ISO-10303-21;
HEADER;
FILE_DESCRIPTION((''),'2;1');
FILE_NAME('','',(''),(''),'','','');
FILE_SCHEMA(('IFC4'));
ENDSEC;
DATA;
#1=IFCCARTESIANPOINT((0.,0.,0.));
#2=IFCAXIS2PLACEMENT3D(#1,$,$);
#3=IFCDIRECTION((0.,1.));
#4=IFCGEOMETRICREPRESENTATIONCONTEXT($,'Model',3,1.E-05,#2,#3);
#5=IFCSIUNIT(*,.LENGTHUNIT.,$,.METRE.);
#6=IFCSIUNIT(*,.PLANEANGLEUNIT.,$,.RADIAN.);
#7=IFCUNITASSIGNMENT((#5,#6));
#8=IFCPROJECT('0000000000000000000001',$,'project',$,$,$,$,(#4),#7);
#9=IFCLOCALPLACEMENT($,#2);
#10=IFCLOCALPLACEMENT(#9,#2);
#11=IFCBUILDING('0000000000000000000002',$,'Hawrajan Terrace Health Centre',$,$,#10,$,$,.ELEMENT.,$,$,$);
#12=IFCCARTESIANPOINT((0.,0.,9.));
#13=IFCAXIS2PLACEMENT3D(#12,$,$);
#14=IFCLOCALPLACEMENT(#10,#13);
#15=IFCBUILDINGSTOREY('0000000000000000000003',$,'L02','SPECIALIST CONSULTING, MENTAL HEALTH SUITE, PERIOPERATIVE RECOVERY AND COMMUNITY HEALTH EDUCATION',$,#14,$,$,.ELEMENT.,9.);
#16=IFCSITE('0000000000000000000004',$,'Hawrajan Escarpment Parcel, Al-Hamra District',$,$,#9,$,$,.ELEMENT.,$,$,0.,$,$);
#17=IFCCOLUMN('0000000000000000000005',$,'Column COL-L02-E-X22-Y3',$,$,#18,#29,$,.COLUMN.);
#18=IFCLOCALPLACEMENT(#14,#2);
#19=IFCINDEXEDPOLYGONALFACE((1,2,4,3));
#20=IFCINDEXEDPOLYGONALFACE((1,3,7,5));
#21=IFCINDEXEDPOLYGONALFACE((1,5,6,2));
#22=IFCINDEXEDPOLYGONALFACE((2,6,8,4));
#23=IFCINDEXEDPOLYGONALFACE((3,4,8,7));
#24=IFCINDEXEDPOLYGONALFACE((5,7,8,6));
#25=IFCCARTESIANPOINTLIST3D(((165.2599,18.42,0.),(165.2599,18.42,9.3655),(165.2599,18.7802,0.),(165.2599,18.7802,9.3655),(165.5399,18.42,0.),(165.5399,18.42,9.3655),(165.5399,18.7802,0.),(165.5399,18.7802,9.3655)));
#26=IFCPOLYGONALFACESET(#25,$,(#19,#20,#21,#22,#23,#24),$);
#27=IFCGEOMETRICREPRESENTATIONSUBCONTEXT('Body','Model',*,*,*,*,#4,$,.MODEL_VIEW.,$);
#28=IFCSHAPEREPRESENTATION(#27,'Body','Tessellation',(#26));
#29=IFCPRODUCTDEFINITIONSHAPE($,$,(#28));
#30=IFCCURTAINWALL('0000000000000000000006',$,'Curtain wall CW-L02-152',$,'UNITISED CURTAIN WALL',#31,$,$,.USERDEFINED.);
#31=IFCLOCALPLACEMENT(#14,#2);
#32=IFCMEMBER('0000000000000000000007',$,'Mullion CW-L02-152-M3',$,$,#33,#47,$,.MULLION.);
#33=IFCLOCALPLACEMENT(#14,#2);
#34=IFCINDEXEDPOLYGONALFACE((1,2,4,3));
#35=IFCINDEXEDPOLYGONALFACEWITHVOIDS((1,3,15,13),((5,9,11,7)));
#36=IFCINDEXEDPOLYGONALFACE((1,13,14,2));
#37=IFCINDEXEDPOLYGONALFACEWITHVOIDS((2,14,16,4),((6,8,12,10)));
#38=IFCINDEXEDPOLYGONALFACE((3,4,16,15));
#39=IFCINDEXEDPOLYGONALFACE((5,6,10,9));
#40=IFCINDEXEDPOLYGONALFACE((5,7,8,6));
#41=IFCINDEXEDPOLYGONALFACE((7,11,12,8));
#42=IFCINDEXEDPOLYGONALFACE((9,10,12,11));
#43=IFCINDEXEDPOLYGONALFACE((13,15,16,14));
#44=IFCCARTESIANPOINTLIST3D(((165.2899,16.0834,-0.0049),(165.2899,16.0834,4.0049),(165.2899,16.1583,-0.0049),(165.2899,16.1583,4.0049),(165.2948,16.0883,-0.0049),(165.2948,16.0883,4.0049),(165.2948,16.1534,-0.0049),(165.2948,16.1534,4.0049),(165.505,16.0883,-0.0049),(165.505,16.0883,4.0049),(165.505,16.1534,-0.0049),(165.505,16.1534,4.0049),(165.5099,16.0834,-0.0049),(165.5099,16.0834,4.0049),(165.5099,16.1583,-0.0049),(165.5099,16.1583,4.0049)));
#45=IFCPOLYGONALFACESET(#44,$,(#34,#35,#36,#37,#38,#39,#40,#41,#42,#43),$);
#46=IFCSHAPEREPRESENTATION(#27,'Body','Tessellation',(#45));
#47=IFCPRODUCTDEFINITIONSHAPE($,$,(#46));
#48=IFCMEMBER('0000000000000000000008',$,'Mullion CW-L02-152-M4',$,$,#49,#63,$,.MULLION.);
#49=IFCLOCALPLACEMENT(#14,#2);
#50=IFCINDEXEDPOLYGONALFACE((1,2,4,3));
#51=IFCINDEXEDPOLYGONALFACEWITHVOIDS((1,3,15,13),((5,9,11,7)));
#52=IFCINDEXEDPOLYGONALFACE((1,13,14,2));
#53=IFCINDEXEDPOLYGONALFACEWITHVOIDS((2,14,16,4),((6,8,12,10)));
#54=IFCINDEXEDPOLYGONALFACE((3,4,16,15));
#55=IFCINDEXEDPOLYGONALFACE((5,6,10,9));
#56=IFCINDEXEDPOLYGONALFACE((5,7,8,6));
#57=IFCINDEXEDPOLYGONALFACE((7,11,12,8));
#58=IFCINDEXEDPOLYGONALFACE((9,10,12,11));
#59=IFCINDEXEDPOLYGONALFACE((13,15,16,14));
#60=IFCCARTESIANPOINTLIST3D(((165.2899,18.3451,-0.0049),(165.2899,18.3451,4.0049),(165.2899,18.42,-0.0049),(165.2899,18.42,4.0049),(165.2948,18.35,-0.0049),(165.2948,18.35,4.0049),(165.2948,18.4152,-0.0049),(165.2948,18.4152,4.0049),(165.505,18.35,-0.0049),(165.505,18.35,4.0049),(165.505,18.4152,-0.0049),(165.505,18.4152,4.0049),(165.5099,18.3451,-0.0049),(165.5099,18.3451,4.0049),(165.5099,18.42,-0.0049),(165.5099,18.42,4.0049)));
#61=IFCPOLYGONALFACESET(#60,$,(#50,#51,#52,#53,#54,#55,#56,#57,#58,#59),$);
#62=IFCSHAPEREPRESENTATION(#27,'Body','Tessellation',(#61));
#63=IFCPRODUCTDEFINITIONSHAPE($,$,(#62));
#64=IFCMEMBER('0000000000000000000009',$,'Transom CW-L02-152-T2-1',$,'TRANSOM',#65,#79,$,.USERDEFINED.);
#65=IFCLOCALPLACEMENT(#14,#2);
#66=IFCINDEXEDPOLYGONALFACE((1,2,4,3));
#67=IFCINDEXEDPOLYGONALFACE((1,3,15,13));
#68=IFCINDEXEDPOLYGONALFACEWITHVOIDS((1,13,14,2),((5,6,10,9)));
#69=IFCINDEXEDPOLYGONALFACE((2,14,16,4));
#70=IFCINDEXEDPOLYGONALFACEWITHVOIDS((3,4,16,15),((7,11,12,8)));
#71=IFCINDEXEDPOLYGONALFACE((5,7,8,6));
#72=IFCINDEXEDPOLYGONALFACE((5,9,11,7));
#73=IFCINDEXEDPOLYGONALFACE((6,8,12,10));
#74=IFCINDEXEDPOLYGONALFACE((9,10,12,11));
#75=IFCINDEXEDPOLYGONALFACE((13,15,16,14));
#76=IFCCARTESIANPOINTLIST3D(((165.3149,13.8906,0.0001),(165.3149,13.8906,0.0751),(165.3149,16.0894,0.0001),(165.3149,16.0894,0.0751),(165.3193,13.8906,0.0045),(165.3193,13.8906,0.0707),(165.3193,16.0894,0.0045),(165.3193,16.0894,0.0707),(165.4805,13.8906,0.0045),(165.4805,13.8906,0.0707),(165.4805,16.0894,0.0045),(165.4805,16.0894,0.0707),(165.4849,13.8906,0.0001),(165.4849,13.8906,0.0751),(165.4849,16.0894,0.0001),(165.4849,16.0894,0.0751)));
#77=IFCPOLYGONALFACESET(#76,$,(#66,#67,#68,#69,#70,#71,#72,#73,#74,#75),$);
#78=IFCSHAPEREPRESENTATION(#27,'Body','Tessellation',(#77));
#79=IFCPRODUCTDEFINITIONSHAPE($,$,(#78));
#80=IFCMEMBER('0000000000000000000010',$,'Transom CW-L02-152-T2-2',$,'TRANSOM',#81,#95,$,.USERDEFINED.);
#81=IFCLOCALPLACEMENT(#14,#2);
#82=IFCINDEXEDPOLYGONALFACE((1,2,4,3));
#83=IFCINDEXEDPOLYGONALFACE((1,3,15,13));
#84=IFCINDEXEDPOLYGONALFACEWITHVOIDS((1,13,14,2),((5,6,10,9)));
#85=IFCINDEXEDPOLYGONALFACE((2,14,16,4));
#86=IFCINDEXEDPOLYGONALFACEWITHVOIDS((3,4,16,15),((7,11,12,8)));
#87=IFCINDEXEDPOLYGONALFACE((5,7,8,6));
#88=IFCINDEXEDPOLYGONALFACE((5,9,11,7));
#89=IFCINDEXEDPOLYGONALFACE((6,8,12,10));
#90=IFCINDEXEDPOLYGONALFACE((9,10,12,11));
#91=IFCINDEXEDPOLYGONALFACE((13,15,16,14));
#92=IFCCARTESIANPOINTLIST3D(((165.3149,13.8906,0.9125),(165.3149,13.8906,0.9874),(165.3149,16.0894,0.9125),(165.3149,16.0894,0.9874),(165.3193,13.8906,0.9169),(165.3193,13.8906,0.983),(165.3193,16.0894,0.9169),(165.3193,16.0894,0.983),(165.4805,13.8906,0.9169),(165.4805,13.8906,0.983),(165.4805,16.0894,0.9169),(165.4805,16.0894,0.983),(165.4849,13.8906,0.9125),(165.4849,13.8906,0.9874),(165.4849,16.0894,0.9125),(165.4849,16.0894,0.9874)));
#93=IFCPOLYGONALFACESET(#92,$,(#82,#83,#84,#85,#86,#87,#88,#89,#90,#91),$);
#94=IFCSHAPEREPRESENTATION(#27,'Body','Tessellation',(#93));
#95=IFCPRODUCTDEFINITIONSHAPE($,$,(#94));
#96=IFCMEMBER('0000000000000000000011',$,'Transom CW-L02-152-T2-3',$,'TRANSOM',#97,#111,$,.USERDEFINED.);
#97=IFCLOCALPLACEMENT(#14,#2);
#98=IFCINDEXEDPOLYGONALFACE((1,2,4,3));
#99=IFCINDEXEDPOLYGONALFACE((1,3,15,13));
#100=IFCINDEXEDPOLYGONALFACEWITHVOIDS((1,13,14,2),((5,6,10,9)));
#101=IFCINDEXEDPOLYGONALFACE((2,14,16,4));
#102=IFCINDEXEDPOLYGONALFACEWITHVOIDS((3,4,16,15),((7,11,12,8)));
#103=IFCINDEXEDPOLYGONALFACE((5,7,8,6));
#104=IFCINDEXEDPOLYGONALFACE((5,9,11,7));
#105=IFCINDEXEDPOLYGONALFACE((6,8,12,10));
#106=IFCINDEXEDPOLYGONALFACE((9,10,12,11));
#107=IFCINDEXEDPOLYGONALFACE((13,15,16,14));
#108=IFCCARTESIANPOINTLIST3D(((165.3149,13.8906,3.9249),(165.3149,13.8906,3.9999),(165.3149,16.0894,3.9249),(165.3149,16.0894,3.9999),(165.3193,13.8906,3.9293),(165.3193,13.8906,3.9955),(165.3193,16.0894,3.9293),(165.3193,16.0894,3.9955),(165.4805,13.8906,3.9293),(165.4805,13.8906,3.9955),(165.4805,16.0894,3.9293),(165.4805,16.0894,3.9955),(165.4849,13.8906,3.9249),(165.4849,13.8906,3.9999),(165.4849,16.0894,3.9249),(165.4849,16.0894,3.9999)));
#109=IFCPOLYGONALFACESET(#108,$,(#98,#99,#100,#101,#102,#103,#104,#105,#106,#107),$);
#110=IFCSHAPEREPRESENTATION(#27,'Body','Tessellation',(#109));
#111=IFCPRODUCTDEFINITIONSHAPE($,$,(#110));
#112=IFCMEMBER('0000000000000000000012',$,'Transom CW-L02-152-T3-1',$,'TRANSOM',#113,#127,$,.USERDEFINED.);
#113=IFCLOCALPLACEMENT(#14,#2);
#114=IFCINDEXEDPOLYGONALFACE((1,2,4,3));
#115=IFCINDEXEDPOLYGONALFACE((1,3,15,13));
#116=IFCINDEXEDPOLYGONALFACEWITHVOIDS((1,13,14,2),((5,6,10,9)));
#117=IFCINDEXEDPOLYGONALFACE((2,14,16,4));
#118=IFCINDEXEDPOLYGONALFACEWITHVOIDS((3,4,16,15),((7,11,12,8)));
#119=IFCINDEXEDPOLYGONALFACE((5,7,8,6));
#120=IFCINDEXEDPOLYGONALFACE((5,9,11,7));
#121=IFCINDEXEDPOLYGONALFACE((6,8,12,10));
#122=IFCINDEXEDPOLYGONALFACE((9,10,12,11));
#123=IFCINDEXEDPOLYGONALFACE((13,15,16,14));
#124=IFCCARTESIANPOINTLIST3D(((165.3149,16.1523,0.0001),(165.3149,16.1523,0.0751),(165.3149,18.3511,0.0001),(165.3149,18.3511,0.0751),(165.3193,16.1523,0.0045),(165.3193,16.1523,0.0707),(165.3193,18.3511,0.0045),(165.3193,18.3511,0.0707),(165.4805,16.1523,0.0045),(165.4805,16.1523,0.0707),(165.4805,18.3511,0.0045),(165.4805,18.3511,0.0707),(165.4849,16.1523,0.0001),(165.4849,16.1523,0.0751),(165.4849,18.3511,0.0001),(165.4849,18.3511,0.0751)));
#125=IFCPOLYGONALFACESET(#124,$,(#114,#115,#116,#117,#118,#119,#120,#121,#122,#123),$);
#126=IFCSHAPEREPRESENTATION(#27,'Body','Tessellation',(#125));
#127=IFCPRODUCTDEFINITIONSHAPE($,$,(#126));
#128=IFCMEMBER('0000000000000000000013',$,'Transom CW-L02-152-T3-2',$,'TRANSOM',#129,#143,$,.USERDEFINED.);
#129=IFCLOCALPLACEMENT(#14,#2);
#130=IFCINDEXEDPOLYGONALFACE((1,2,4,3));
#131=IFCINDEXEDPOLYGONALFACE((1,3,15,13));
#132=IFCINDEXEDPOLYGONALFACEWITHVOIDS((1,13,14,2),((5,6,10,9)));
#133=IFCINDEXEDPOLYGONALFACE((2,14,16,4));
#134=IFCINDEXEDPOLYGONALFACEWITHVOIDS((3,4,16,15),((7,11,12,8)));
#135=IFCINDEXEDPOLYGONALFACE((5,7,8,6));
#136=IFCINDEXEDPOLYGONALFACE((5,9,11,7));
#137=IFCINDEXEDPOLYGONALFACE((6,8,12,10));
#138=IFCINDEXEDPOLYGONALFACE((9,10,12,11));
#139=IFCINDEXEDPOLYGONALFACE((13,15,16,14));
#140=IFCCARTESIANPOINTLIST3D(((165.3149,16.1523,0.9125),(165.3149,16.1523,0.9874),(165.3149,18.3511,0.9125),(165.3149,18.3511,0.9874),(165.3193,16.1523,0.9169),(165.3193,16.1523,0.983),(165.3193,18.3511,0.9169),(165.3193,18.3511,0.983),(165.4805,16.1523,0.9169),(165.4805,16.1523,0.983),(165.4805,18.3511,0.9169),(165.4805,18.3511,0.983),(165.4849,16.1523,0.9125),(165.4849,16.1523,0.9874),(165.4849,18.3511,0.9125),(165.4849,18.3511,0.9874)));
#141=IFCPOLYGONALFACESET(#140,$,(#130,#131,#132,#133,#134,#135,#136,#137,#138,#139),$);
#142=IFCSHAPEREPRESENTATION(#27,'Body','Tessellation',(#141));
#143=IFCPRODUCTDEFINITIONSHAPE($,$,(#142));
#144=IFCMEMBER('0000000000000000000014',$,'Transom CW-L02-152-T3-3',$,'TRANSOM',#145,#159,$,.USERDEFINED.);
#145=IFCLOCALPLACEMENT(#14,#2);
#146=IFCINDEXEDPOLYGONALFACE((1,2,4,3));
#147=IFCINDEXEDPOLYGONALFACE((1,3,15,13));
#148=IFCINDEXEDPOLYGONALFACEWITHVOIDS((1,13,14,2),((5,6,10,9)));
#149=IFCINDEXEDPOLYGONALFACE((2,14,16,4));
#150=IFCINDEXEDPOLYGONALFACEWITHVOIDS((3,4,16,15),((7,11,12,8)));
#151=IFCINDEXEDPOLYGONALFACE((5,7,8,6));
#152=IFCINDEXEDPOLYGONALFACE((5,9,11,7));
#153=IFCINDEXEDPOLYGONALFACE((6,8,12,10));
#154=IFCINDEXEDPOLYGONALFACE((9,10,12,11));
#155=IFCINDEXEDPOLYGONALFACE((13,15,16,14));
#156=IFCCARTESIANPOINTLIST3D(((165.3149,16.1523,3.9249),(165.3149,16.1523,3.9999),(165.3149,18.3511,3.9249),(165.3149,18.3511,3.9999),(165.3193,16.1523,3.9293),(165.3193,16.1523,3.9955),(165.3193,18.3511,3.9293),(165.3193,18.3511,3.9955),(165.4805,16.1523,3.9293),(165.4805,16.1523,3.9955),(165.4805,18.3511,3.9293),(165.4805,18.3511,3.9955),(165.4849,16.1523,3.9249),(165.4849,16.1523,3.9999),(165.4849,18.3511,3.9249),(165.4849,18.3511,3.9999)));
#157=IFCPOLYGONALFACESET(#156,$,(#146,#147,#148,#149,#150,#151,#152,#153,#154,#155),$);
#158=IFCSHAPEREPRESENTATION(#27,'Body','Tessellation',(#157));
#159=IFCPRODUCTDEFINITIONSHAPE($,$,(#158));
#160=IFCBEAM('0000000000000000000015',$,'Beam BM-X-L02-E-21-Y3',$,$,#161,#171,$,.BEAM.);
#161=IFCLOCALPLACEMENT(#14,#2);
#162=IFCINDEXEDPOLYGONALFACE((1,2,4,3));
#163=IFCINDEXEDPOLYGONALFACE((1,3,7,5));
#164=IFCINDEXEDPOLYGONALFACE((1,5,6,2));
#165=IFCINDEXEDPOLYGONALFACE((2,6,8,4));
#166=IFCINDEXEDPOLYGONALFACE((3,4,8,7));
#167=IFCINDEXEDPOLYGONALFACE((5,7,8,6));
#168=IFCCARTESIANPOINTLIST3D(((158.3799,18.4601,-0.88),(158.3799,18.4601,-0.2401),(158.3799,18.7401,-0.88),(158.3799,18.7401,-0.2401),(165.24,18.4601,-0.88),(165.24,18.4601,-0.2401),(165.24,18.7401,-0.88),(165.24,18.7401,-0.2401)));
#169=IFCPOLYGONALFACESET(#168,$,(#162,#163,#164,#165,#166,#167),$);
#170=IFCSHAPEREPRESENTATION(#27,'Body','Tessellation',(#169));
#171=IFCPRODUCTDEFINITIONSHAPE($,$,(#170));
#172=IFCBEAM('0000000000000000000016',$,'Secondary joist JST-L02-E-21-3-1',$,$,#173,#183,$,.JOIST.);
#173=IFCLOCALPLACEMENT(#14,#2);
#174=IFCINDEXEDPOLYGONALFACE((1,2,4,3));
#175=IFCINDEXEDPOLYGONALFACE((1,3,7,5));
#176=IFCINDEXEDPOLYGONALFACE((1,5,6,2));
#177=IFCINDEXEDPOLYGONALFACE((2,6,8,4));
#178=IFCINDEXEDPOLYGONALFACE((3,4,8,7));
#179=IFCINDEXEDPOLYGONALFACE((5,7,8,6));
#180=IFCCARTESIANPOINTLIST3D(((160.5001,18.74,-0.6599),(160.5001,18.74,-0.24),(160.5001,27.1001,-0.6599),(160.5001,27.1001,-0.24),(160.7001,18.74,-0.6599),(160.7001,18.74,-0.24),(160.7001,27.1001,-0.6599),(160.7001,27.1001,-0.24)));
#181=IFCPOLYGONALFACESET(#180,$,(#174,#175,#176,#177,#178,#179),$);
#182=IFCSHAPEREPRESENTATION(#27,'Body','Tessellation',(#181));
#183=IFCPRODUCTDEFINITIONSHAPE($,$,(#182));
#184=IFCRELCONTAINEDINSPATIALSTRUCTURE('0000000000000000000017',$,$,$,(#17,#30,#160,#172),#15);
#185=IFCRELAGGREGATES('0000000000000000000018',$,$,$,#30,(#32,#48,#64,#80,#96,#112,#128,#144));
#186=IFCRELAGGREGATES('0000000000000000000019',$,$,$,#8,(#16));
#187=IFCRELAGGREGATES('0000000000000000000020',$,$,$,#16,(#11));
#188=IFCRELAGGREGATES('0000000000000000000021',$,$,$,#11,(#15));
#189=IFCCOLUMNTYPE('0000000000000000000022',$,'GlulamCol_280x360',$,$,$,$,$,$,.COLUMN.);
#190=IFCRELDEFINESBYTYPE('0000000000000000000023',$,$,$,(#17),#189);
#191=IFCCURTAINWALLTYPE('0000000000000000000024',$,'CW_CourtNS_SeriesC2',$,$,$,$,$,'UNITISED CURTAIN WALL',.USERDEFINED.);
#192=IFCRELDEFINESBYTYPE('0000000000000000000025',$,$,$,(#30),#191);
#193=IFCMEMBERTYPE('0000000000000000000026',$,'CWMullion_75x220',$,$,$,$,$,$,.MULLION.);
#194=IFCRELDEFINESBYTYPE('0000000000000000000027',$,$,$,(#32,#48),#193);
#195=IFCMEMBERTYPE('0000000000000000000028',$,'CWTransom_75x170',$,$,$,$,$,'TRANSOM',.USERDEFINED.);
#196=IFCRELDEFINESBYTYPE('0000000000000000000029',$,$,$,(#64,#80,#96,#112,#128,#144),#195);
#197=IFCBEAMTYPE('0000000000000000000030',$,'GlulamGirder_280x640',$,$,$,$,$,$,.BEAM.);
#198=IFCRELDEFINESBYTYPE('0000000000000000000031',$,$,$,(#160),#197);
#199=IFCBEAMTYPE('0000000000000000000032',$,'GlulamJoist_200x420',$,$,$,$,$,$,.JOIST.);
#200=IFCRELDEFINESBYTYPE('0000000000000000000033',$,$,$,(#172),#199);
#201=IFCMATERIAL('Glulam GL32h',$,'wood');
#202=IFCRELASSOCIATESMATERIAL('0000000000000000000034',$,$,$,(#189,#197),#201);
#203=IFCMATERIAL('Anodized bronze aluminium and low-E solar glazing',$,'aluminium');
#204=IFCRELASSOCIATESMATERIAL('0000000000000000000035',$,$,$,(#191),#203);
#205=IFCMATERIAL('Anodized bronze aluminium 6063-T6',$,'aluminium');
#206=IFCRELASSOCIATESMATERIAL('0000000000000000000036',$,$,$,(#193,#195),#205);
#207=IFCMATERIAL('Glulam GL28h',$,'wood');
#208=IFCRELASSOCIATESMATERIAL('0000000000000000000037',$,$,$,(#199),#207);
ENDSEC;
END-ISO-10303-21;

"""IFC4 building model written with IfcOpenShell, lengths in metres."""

from ifc_helpers import new_model, si_unit, direction, frame, origin, origin_2d, place, context, subcontext, project, spatial, rectangle, hollow_rectangle, extrude, material, material_profile, profile_set, type_object, element, aggregate, save


model = new_model("IFC4")

# Units and contexts
model_context = context("Model", 3, precision=1e-05, world=origin(), true_north=direction((0.0, 1.0)))
body_context = subcontext(model_context, "Body", "Model", "MODEL_VIEW")
ifc_project = project(units=[si_unit("LENGTHUNIT", "METRE"), si_unit("PLANEANGLEUNIT", "RADIAN")], contexts=[model_context])

# Site, building, storey
site_placement = place(None, origin())
site = spatial("IfcSite", under=ifc_project, at=site_placement, Name="Hawrajan Escarpment Parcel, Al-Hamra District", CompositionType="ELEMENT", RefElevation=0.0)
building_placement = place(site_placement, origin())
building = spatial("IfcBuilding", under=site, at=building_placement, Name="Hawrajan Terrace Health Centre", CompositionType="ELEMENT")
storey_placement = place(building_placement, frame((0.0, 0.0, 9.0)))
storey = spatial("IfcBuildingStorey", under=building, at=storey_placement, Name="L02", Description="SPECIALIST CONSULTING, MENTAL HEALTH SUITE, PERIOPERATIVE RECOVERY AND COMMUNITY HEALTH EDUCATION", CompositionType="ELEMENT", Elevation=9.0)

# Column
ifc_material_1 = material(Name="Glulam GL32h", Category="wood")
ifc_material_profile_1 = material_profile(ifc_material_1, rectangle(XDim=0.28, YDim=0.3601, at=origin_2d()), Name="GL 280x360")
ifc_profile_set_1 = profile_set([ifc_material_profile_1], Name="Glulam GL32h")
column_type = type_object("IfcColumnType", Name="GlulamCol_280x360", PredefinedType="COLUMN", material=ifc_profile_set_1)
column_placement = place(storey_placement, frame((165.3999, 18.6001, 0.0), z_axis=(0.0, 0.0, 1.0), x_axis=(1.0, 0.0, 0.0)))
element("IfcColumn", 1, at=column_placement, inside=storey, type_object=column_type, Name="Column COL-L02-E-X22-Y3", PredefinedType="COLUMN", context=body_context, shape_type="SweptSolid", body=[
    extrude(rectangle(XDim=0.28, YDim=0.3601, at=origin_2d()), origin(), (0.0, 0.0, 1.0), 9.3655),
])

# Curtain wall, members
ifc_material_2 = material(Name="Anodized bronze aluminium and low-E solar glazing", Category="aluminium")
curtain_wall_type = type_object("IfcCurtainWallType", Name="CW_CourtNS_SeriesC2", ElementType="UNITISED CURTAIN WALL", PredefinedType="USERDEFINED", material=ifc_material_2)
curtain_wall_placement = place(storey_placement, origin())
curtain_wall = element("IfcCurtainWall", 2, at=curtain_wall_placement, inside=storey, type_object=curtain_wall_type, Name="Curtain wall CW-L02-152", ObjectType="UNITISED CURTAIN WALL", PredefinedType="USERDEFINED")
ifc_material_3 = material(Name="Anodized bronze aluminium 6063-T6", Category="aluminium")
ifc_material_profile_2 = material_profile(ifc_material_3, hollow_rectangle(XDim=0.075, YDim=0.22, WallThickness=0.0049, at=origin_2d()), Name="CW MUL 75x220")
ifc_profile_set_2 = profile_set([ifc_material_profile_2], Name="Anodized bronze aluminium 6063-T6")
member_type_1 = type_object("IfcMemberType", Name="CWMullion_75x220", PredefinedType="MULLION", material=ifc_profile_set_2)
member_1_placement = place(storey_placement, frame((165.3999, 16.1208, -0.0049), z_axis=(0.0, 0.0, 1.0), x_axis=(0.0, 1.0, 0.0)))
member_1 = element("IfcMember", 3, at=member_1_placement, type_object=member_type_1, Name="Mullion CW-L02-152-M3", PredefinedType="MULLION", context=body_context, shape_type="SweptSolid", body=[
    extrude(hollow_rectangle(XDim=0.075, YDim=0.22, WallThickness=0.0049, at=origin_2d()), origin(), (0.0, 0.0, 1.0), 4.0098),
])
member_2_placement = place(storey_placement, frame((165.3999, 18.3826, -0.0049), z_axis=(0.0, 0.0, 1.0), x_axis=(0.0, 1.0, 0.0)))
member_2 = element("IfcMember", 4, at=member_2_placement, type_object=member_type_1, Name="Mullion CW-L02-152-M4", PredefinedType="MULLION", context=body_context, shape_type="SweptSolid", body=[
    extrude(hollow_rectangle(XDim=0.075, YDim=0.22, WallThickness=0.0049, at=origin_2d()), origin(), (0.0, 0.0, 1.0), 4.0098),
])
ifc_material_profile_3 = material_profile(ifc_material_3, hollow_rectangle(XDim=0.075, YDim=0.1699, WallThickness=0.0044, at=origin_2d()), Name="CW TRN 75x170")
ifc_profile_set_3 = profile_set([ifc_material_profile_3], Name="Anodized bronze aluminium 6063-T6")
member_type_2 = type_object("IfcMemberType", Name="CWTransom_75x170", ElementType="TRANSOM", PredefinedType="USERDEFINED", material=ifc_profile_set_3)
member_3_placement = place(storey_placement, frame((165.3999, 13.8906, 0.0376), z_axis=(0.0, 1.0, 0.0), x_axis=(0.0, 0.0, 1.0)))
member_3 = element("IfcMember", 5, at=member_3_placement, type_object=member_type_2, Name="Transom CW-L02-152-T2-1", ObjectType="TRANSOM", PredefinedType="USERDEFINED", context=body_context, shape_type="SweptSolid", body=[
    extrude(hollow_rectangle(XDim=0.075, YDim=0.1699, WallThickness=0.0044, at=origin_2d()), origin(), (0.0, 0.0, 1.0), 2.1987),
])
member_4_placement = place(storey_placement, frame((165.3999, 13.8906, 0.95), z_axis=(0.0, 1.0, 0.0), x_axis=(0.0, 0.0, 1.0)))
member_4 = element("IfcMember", 6, at=member_4_placement, type_object=member_type_2, Name="Transom CW-L02-152-T2-2", ObjectType="TRANSOM", PredefinedType="USERDEFINED", context=body_context, shape_type="SweptSolid", body=[
    extrude(hollow_rectangle(XDim=0.075, YDim=0.1699, WallThickness=0.0044, at=origin_2d()), origin(), (0.0, 0.0, 1.0), 2.1987),
])
member_5_placement = place(storey_placement, frame((165.3999, 13.8906, 3.9624), z_axis=(0.0, 1.0, 0.0), x_axis=(0.0, 0.0, 1.0)))
member_5 = element("IfcMember", 7, at=member_5_placement, type_object=member_type_2, Name="Transom CW-L02-152-T2-3", ObjectType="TRANSOM", PredefinedType="USERDEFINED", context=body_context, shape_type="SweptSolid", body=[
    extrude(hollow_rectangle(XDim=0.075, YDim=0.1699, WallThickness=0.0044, at=origin_2d()), origin(), (0.0, 0.0, 1.0), 2.1987),
])
member_6_placement = place(storey_placement, frame((165.3999, 16.1523, 0.0376), z_axis=(0.0, 1.0, 0.0), x_axis=(0.0, 0.0, 1.0)))
member_6 = element("IfcMember", 8, at=member_6_placement, type_object=member_type_2, Name="Transom CW-L02-152-T3-1", ObjectType="TRANSOM", PredefinedType="USERDEFINED", context=body_context, shape_type="SweptSolid", body=[
    extrude(hollow_rectangle(XDim=0.075, YDim=0.1699, WallThickness=0.0044, at=origin_2d()), origin(), (0.0, 0.0, 1.0), 2.1987),
])
member_7_placement = place(storey_placement, frame((165.3999, 16.1523, 0.95), z_axis=(0.0, 1.0, 0.0), x_axis=(0.0, 0.0, 1.0)))
member_7 = element("IfcMember", 9, at=member_7_placement, type_object=member_type_2, Name="Transom CW-L02-152-T3-2", ObjectType="TRANSOM", PredefinedType="USERDEFINED", context=body_context, shape_type="SweptSolid", body=[
    extrude(hollow_rectangle(XDim=0.075, YDim=0.1699, WallThickness=0.0044, at=origin_2d()), origin(), (0.0, 0.0, 1.0), 2.1987),
])
member_8_placement = place(storey_placement, frame((165.3999, 16.1523, 3.9624), z_axis=(0.0, 1.0, 0.0), x_axis=(0.0, 0.0, 1.0)))
member_8 = element("IfcMember", 10, at=member_8_placement, type_object=member_type_2, Name="Transom CW-L02-152-T3-3", ObjectType="TRANSOM", PredefinedType="USERDEFINED", context=body_context, shape_type="SweptSolid", body=[
    extrude(hollow_rectangle(XDim=0.075, YDim=0.1699, WallThickness=0.0044, at=origin_2d()), origin(), (0.0, 0.0, 1.0), 2.1987),
])

# Beams
ifc_material_profile_4 = material_profile(ifc_material_1, rectangle(XDim=0.28, YDim=0.6399, at=origin_2d()), Name="GL BM 280x640")
ifc_profile_set_4 = profile_set([ifc_material_profile_4], Name="Glulam GL32h")
beam_type_1 = type_object("IfcBeamType", Name="GlulamGirder_280x640", PredefinedType="BEAM", material=ifc_profile_set_4)
beam_placement = place(storey_placement, frame((158.3799, 18.6001, -0.5601), z_axis=(1.0, 0.0, 0.0), x_axis=(0.0, 1.0, 0.0)))
element("IfcBeam", 11, at=beam_placement, inside=storey, type_object=beam_type_1, Name="Beam BM-X-L02-E-21-Y3", PredefinedType="BEAM", context=body_context, shape_type="SweptSolid", body=[
    extrude(rectangle(XDim=0.28, YDim=0.6399, at=origin_2d()), origin(), (0.0, 0.0, 1.0), 6.8601),
])
ifc_material_4 = material(Name="Glulam GL28h", Category="wood")
ifc_material_profile_5 = material_profile(ifc_material_4, rectangle(XDim=0.2, YDim=0.4199, at=origin_2d()), Name="GL JST 200x420")
ifc_profile_set_5 = profile_set([ifc_material_profile_5], Name="Glulam GL28h")
beam_type_2 = type_object("IfcBeamType", Name="GlulamJoist_200x420", PredefinedType="JOIST", material=ifc_profile_set_5)
for number, where, z_axis, x_axis, name in (
    (12, (160.6001, 18.74, -0.45), (0.0, 1.0, 0.0), (-1.0, 0.0, 0.0), "Secondary joist JST-L02-E-21-3-1"),
):
    element("IfcBeam", number, at=place(storey_placement, frame(where, z_axis=z_axis, x_axis=x_axis)), inside=storey, type_object=beam_type_2, Name=name, PredefinedType="JOIST", context=body_context, shape_type="SweptSolid", body=[
        extrude(rectangle(XDim=0.2, YDim=0.4199, at=origin_2d()), origin(), (0.0, 0.0, 1.0), 8.3601),
    ])

aggregate(curtain_wall, [member_1, member_2, member_3, member_4, member_5, member_6, member_7, member_8])

save(model, "model.ifc")
